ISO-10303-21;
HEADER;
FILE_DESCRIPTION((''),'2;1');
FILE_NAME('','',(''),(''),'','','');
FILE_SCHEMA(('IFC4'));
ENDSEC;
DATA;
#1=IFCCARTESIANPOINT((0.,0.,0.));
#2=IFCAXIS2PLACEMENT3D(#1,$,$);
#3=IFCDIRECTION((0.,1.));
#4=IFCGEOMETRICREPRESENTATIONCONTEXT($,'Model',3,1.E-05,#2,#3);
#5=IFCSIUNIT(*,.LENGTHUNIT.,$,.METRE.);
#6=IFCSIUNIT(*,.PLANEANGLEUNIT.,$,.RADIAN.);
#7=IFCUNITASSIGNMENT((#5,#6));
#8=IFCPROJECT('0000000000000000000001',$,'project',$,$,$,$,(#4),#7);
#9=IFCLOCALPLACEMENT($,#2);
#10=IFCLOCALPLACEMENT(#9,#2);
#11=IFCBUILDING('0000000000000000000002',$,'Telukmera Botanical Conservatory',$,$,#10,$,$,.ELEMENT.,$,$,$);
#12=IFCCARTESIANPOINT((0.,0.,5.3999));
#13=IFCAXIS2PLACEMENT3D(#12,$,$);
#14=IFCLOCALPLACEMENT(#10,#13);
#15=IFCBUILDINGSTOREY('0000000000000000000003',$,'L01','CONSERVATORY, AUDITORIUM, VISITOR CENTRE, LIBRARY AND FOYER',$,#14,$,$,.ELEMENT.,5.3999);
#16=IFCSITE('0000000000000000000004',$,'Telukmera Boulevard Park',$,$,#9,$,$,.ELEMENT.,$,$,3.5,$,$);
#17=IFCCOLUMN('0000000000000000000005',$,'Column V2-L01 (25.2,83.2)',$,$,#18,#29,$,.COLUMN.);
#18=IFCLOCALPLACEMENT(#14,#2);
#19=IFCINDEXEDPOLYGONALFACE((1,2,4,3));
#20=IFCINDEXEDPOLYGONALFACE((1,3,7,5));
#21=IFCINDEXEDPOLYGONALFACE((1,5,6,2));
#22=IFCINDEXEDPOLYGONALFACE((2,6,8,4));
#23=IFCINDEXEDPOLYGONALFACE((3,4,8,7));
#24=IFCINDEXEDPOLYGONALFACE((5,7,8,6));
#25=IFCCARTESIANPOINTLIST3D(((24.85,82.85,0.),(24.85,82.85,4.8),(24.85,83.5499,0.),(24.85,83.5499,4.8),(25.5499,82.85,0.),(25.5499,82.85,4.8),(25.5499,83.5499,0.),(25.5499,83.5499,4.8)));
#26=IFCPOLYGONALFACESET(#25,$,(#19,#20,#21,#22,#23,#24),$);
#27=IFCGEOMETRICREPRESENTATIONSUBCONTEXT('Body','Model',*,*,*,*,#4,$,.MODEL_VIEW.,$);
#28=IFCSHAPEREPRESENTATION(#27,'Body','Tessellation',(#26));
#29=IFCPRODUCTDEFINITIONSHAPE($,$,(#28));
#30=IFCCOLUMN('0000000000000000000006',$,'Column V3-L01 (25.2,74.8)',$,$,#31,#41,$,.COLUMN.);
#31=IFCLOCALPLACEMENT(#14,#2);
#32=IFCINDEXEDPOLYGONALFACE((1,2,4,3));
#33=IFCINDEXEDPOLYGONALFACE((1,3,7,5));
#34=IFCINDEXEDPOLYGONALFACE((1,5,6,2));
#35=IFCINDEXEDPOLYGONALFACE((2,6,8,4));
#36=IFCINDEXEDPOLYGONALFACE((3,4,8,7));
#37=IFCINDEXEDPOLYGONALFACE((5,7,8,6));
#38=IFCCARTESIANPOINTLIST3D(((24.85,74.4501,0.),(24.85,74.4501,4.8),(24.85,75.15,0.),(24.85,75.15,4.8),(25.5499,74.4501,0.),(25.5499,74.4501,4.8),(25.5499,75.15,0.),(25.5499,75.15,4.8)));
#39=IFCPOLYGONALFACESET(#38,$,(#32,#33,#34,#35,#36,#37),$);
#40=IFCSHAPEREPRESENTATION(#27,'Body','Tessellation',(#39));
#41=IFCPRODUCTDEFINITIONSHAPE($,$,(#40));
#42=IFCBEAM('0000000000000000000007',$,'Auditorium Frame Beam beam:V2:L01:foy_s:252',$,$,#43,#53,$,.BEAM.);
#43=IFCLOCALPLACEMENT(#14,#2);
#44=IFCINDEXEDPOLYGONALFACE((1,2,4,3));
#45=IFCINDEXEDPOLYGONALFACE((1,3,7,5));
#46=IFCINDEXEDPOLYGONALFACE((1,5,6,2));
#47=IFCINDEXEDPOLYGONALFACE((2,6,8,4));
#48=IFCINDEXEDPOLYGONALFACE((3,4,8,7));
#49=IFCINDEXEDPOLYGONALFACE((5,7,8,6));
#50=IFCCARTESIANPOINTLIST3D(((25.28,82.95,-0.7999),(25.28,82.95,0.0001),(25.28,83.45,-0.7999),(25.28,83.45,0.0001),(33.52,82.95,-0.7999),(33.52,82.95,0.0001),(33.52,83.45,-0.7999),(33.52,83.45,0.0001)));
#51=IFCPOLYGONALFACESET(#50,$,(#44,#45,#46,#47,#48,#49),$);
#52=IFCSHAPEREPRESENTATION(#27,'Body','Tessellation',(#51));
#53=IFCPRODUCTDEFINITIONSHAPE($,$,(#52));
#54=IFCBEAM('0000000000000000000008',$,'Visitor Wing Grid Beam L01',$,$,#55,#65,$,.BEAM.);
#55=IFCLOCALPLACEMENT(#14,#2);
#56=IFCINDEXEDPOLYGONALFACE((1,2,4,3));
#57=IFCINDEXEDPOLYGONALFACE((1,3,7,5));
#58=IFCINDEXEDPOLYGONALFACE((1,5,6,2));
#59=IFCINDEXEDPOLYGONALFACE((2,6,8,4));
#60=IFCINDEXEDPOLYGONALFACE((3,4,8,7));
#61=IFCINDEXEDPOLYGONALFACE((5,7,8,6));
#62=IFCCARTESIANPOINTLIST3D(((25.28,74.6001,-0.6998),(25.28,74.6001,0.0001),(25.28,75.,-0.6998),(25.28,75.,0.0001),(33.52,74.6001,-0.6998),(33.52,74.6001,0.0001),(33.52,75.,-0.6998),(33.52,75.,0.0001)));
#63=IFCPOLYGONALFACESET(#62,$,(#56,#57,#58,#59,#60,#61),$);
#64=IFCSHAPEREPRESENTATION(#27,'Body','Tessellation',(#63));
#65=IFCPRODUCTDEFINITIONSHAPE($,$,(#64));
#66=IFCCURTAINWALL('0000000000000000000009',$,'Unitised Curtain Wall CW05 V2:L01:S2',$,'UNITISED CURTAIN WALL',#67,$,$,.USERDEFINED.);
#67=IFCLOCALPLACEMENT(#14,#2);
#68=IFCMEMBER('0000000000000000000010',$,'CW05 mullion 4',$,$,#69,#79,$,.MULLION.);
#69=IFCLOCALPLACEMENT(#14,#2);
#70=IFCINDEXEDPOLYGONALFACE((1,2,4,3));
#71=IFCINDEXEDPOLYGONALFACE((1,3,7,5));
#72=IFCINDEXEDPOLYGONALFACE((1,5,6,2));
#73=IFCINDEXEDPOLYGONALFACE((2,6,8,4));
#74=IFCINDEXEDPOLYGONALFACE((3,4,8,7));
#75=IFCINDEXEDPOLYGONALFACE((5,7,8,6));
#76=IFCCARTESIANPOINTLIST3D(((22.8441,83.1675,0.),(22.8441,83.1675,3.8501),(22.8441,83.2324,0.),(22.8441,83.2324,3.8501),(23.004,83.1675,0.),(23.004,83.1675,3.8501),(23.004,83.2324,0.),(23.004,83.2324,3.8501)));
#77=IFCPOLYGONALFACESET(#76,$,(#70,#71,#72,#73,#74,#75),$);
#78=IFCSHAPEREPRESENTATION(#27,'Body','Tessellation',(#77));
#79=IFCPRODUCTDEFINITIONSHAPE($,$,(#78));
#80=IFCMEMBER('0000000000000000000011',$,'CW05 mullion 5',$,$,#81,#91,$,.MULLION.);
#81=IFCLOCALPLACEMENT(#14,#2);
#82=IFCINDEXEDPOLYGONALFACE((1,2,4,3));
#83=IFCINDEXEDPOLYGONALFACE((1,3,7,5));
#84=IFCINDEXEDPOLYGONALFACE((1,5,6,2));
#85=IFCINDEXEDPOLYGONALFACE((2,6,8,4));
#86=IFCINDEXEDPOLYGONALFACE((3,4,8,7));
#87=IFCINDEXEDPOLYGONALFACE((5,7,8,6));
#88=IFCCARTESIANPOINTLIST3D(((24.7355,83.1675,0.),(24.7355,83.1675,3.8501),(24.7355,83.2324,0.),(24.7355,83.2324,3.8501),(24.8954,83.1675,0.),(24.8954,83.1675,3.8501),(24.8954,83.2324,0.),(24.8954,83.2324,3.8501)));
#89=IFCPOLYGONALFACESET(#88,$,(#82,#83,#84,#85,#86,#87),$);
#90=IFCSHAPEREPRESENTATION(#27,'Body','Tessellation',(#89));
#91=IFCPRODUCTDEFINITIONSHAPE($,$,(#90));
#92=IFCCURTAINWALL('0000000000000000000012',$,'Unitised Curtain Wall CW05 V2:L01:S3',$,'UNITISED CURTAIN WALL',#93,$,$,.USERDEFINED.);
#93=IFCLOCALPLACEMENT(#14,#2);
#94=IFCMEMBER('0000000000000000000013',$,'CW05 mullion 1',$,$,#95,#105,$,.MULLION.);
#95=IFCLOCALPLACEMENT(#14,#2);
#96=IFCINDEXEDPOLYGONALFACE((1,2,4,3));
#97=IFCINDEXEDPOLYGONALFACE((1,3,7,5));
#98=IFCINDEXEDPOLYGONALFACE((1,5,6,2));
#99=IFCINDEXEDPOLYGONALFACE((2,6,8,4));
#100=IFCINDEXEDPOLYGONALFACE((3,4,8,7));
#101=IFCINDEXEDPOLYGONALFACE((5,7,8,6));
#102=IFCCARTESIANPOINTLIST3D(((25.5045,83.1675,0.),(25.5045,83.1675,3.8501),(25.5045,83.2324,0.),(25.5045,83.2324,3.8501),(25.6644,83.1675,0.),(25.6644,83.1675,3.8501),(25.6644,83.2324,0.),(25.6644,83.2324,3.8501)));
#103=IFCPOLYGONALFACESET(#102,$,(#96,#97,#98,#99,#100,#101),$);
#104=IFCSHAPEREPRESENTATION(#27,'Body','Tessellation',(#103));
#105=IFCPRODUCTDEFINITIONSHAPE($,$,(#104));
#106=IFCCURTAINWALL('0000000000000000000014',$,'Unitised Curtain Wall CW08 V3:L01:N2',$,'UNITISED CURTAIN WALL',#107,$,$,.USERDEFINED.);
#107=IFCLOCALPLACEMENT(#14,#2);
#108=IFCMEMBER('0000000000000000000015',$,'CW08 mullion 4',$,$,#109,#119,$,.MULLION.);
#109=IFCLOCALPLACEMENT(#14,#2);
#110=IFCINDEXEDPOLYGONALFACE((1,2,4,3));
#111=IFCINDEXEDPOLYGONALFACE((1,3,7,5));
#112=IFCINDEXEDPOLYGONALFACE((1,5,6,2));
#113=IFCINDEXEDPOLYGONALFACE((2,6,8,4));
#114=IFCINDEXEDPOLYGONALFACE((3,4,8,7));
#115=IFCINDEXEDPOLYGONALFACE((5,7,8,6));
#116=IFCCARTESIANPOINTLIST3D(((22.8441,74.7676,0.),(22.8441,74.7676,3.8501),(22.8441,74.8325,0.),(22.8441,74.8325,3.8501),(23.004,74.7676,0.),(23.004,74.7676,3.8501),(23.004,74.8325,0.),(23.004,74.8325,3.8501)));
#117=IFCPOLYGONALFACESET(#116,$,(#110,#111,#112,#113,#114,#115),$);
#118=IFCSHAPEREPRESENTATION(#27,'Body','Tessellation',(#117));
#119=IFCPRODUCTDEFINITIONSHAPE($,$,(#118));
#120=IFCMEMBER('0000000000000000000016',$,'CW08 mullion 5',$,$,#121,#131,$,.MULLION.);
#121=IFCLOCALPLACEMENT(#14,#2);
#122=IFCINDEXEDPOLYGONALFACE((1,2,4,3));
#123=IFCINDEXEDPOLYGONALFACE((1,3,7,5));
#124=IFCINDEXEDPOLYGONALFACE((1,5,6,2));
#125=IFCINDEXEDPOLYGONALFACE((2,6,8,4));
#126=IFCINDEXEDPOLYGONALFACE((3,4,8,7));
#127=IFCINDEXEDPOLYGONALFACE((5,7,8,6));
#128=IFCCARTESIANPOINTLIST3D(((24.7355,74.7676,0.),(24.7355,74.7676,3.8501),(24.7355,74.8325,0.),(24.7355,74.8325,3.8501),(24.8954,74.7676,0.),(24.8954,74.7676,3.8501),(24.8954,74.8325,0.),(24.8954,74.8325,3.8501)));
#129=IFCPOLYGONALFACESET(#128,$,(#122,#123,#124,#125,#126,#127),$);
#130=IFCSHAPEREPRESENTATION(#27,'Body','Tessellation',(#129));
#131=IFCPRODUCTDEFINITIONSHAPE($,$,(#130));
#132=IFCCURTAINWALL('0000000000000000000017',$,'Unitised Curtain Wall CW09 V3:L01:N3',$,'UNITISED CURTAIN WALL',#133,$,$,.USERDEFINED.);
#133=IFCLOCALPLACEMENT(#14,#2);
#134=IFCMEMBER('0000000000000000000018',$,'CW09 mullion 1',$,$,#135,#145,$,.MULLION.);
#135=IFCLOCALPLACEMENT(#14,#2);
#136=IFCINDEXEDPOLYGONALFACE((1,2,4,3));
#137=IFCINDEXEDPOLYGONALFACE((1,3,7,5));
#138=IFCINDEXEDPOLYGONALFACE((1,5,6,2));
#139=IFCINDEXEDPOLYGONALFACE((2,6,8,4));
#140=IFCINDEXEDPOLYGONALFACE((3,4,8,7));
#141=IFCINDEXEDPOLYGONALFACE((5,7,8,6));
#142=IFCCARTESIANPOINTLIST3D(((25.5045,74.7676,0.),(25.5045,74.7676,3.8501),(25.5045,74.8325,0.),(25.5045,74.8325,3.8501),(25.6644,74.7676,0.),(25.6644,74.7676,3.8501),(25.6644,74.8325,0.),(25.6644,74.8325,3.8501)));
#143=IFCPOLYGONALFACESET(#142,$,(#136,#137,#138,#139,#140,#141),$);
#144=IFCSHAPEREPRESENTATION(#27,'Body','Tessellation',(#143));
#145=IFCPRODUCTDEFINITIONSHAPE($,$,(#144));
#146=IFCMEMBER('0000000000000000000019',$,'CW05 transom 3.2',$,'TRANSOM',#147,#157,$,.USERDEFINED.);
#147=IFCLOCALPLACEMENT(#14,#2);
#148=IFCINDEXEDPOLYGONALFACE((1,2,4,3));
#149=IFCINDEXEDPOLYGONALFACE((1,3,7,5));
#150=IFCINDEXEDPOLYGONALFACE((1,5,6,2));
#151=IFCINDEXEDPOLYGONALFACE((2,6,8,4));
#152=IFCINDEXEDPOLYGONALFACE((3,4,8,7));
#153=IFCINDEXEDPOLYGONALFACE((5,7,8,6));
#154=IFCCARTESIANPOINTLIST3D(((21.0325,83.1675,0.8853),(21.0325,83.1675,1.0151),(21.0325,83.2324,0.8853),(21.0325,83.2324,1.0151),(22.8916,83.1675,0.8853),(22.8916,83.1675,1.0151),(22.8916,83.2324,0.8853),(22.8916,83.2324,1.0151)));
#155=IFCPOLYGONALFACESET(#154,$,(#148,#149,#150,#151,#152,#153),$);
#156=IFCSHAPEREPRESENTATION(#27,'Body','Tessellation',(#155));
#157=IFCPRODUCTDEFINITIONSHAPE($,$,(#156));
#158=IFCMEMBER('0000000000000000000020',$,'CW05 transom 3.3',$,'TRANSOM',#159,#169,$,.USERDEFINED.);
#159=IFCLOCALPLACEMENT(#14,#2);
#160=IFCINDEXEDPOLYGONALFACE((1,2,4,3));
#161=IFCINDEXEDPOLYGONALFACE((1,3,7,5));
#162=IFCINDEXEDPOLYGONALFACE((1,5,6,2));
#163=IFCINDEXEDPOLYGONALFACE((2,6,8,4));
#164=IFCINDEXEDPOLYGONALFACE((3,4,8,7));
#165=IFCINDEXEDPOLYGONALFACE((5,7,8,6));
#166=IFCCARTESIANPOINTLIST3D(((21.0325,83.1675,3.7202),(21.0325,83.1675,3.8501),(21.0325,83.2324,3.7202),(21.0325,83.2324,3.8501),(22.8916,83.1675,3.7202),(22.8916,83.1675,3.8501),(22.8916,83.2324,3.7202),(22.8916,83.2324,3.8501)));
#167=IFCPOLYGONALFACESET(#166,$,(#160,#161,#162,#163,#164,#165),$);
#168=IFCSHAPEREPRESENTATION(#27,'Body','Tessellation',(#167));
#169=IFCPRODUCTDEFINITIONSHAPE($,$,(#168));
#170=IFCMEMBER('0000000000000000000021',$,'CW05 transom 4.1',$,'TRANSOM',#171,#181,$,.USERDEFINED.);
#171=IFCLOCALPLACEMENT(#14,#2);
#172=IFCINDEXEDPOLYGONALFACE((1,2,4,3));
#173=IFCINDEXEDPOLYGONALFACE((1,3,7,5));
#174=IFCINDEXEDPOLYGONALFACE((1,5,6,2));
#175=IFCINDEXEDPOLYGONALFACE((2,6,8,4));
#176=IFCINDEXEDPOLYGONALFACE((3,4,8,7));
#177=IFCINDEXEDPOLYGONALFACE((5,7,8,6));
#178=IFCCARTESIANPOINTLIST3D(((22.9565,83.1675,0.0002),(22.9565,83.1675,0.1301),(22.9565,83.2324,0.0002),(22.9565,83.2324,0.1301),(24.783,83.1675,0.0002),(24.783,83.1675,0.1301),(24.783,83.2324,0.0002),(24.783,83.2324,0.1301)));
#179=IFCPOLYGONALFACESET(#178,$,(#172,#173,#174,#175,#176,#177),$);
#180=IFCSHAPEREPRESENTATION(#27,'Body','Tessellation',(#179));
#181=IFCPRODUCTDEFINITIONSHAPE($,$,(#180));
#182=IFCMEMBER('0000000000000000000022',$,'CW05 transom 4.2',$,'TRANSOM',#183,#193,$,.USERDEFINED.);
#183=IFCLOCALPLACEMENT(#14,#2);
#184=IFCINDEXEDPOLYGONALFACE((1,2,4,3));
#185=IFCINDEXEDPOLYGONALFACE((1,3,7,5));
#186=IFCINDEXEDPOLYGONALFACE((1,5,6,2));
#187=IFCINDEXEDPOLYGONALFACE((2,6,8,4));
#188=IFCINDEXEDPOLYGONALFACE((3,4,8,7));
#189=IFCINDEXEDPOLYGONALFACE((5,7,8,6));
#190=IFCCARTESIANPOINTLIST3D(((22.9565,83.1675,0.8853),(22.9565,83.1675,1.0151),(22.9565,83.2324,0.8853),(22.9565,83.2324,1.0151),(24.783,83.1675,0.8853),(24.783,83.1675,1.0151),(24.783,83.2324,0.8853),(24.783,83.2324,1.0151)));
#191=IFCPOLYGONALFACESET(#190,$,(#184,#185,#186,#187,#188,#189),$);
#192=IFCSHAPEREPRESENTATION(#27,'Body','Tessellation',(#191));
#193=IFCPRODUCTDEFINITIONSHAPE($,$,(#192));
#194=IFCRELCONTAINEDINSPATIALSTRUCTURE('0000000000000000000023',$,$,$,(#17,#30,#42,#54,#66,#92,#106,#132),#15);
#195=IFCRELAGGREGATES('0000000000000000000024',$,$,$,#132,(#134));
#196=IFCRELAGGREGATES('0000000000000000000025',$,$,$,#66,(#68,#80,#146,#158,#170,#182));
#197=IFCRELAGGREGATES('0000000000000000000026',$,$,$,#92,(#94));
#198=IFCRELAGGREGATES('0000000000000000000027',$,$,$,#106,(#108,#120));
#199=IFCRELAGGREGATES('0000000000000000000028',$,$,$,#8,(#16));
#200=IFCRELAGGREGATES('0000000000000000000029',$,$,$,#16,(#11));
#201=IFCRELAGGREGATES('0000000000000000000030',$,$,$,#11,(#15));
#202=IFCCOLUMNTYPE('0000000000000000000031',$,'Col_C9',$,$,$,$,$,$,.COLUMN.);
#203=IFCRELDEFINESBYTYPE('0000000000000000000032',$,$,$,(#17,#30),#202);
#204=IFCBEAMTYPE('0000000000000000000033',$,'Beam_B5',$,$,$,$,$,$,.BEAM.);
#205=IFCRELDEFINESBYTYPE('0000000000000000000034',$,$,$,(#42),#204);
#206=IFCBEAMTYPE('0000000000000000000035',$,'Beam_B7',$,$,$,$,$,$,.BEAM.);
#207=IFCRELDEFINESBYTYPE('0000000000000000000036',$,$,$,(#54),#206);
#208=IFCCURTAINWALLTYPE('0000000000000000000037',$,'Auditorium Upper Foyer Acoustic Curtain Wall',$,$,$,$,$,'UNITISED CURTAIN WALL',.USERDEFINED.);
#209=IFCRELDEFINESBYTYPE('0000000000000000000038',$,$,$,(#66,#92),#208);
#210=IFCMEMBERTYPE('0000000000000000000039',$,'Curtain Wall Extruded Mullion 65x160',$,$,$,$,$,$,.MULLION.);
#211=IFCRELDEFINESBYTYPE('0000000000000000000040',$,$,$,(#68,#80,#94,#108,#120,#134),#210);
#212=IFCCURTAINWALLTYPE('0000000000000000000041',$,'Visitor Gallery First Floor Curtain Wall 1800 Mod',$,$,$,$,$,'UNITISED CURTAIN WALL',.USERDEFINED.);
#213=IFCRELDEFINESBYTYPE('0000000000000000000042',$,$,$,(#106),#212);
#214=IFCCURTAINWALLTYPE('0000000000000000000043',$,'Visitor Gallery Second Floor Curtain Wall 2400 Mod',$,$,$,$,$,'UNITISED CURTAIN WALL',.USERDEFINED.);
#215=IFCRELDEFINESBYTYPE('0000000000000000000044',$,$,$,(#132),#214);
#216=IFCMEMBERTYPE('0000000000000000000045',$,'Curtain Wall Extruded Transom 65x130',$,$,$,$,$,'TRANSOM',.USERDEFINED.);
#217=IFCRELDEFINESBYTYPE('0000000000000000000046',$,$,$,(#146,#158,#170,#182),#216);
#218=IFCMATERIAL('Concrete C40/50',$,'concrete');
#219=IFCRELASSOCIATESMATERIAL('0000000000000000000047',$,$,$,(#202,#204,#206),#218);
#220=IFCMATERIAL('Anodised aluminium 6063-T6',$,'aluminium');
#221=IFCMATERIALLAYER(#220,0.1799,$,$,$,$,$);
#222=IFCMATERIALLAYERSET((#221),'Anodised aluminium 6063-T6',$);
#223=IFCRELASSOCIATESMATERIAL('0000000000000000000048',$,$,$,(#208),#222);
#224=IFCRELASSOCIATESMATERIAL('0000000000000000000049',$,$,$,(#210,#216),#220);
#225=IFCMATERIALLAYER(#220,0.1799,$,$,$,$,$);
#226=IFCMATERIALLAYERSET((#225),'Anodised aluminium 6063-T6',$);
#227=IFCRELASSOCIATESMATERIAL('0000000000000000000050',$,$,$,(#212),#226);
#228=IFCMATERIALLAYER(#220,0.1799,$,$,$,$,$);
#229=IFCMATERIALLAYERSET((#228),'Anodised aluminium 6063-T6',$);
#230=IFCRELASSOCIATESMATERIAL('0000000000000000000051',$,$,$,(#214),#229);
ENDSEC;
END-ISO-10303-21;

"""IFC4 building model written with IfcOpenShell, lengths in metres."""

from ifc_helpers import new_model, si_unit, direction, frame, origin, origin_2d, place, context, subcontext, project, spatial, rectangle, extrude, material, layer, layer_set, material_profile, profile_set, type_object, element, aggregate, save


model = new_model("IFC4")

# Units and contexts
model_context = context("Model", 3, precision=1e-05, world=origin(), true_north=direction((0.0, 1.0)))
body_context = subcontext(model_context, "Body", "Model", "MODEL_VIEW")
ifc_project = project(units=[si_unit("LENGTHUNIT", "METRE"), si_unit("PLANEANGLEUNIT", "RADIAN")], contexts=[model_context])

# Site, building, storey
site_placement = place(None, origin())
site = spatial("IfcSite", under=ifc_project, at=site_placement, Name="Telukmera Boulevard Park", CompositionType="ELEMENT", RefElevation=3.5)
building_placement = place(site_placement, origin())
building = spatial("IfcBuilding", under=site, at=building_placement, Name="Telukmera Botanical Conservatory", CompositionType="ELEMENT")
storey_placement = place(building_placement, frame((0.0, 0.0, 5.3999)))
storey = spatial("IfcBuildingStorey", under=building, at=storey_placement, Name="L01", Description="CONSERVATORY, AUDITORIUM, VISITOR CENTRE, LIBRARY AND FOYER", CompositionType="ELEMENT", Elevation=5.3999)

# Columns
ifc_material_1 = material(Name="Concrete C40/50", Category="concrete")
ifc_material_profile_1 = material_profile(ifc_material_1, rectangle(XDim=0.7, YDim=0.7, at=origin_2d()), Name="RC 700x700")
ifc_profile_set_1 = profile_set([ifc_material_profile_1], Name="Concrete C40/50")
column_type = type_object("IfcColumnType", Name="Col_C9", PredefinedType="COLUMN", material=ifc_profile_set_1)
for number, where, z_axis, x_axis, name in (
    (1, (25.2, 83.2, 0.0), (0.0, 0.0, 1.0), (1.0, 0.0, 0.0), "Column V2-L01 (25.2,83.2)"),
    (2, (25.2, 74.8, 0.0), (0.0, 0.0, 1.0), (1.0, 0.0, 0.0), "Column V3-L01 (25.2,74.8)"),
):
    element("IfcColumn", number, at=place(storey_placement, frame(where, z_axis=z_axis, x_axis=x_axis)), inside=storey, type_object=column_type, Name=name, PredefinedType="COLUMN", context=body_context, shape_type="SweptSolid", body=[
        extrude(rectangle(XDim=0.7, YDim=0.7, at=origin_2d()), origin(), (0.0, 0.0, 1.0), 4.8),
    ])

# Beams
ifc_material_profile_2 = material_profile(ifc_material_1, rectangle(XDim=0.5, YDim=0.8, at=origin_2d()), Name="RC 500x800")
ifc_profile_set_2 = profile_set([ifc_material_profile_2], Name="Concrete C40/50")
beam_type_1 = type_object("IfcBeamType", Name="Beam_B5", PredefinedType="BEAM", material=ifc_profile_set_2)
beam_1_placement = place(storey_placement, frame((25.28, 83.2, -0.3999), z_axis=(1.0, 0.0, 0.0), x_axis=(0.0, 1.0, 0.0)))
element("IfcBeam", 3, at=beam_1_placement, inside=storey, type_object=beam_type_1, Name="Auditorium Frame Beam beam:V2:L01:foy_s:252", PredefinedType="BEAM", context=body_context, shape_type="SweptSolid", body=[
    extrude(rectangle(XDim=0.5, YDim=0.8, at=origin_2d()), origin(), (0.0, 0.0, 1.0), 8.24),
])
ifc_material_profile_3 = material_profile(ifc_material_1, rectangle(XDim=0.3999, YDim=0.7, at=origin_2d()), Name="RC 400x700")
ifc_profile_set_3 = profile_set([ifc_material_profile_3], Name="Concrete C40/50")
beam_type_2 = type_object("IfcBeamType", Name="Beam_B7", PredefinedType="BEAM", material=ifc_profile_set_3)
beam_2_placement = place(storey_placement, frame((25.28, 74.8, -0.3499), z_axis=(1.0, 0.0, 0.0), x_axis=(0.0, 1.0, 0.0)))
element("IfcBeam", 4, at=beam_2_placement, inside=storey, type_object=beam_type_2, Name="Visitor Wing Grid Beam L01", PredefinedType="BEAM", context=body_context, shape_type="SweptSolid", body=[
    extrude(rectangle(XDim=0.3999, YDim=0.7, at=origin_2d()), origin(), (0.0, 0.0, 1.0), 8.24),
])

# Curtain wall, members
ifc_material_2 = material(Name="Anodised aluminium 6063-T6", Category="aluminium")
ifc_layer_1 = layer(ifc_material_2, 0.1799)
ifc_layer_set_1 = layer_set([ifc_layer_1], Name="Anodised aluminium 6063-T6")
curtain_wall_type_1 = type_object("IfcCurtainWallType", Name="Auditorium Upper Foyer Acoustic Curtain Wall", ElementType="UNITISED CURTAIN WALL", PredefinedType="USERDEFINED", material=ifc_layer_set_1)
curtain_wall_1_placement = place(storey_placement, origin())
curtain_wall_1 = element("IfcCurtainWall", 5, at=curtain_wall_1_placement, inside=storey, type_object=curtain_wall_type_1, Name="Unitised Curtain Wall CW05 V2:L01:S2", ObjectType="UNITISED CURTAIN WALL", PredefinedType="USERDEFINED")
ifc_material_profile_4 = material_profile(ifc_material_2, rectangle(XDim=0.0649, YDim=0.1599, at=origin_2d()), Name="ALU MULL 65x160")
ifc_profile_set_4 = profile_set([ifc_material_profile_4], Name="Anodised aluminium 6063-T6")
member_type_1 = type_object("IfcMemberType", Name="Curtain Wall Extruded Mullion 65x160", PredefinedType="MULLION", material=ifc_profile_set_4)
member_1_placement = place(storey_placement, frame((22.9241, 83.2, 0.0), z_axis=(0.0, 0.0, 1.0), x_axis=(0.0, 1.0, 0.0)))
member_1 = element("IfcMember", 6, at=member_1_placement, type_object=member_type_1, Name="CW05 mullion 4", PredefinedType="MULLION", context=body_context, shape_type="SweptSolid", body=[
    extrude(rectangle(XDim=0.0649, YDim=0.1599, at=origin_2d()), origin(), (0.0, 0.0, 1.0), 3.8501),
])
member_2_placement = place(storey_placement, frame((24.8154, 83.2, 0.0), z_axis=(0.0, 0.0, 1.0), x_axis=(0.0, 1.0, 0.0)))
member_2 = element("IfcMember", 7, at=member_2_placement, type_object=member_type_1, Name="CW05 mullion 5", PredefinedType="MULLION", context=body_context, shape_type="SweptSolid", body=[
    extrude(rectangle(XDim=0.0649, YDim=0.1599, at=origin_2d()), origin(), (0.0, 0.0, 1.0), 3.8501),
])

# Curtain wall, member
curtain_wall_2_placement = place(storey_placement, origin())
curtain_wall_2 = element("IfcCurtainWall", 8, at=curtain_wall_2_placement, inside=storey, type_object=curtain_wall_type_1, Name="Unitised Curtain Wall CW05 V2:L01:S3", ObjectType="UNITISED CURTAIN WALL", PredefinedType="USERDEFINED")
member_3_placement = place(storey_placement, frame((25.5845, 83.2, 0.0), z_axis=(0.0, 0.0, 1.0), x_axis=(0.0, 1.0, 0.0)))
member_3 = element("IfcMember", 9, at=member_3_placement, type_object=member_type_1, Name="CW05 mullion 1", PredefinedType="MULLION", context=body_context, shape_type="SweptSolid", body=[
    extrude(rectangle(XDim=0.0649, YDim=0.1599, at=origin_2d()), origin(), (0.0, 0.0, 1.0), 3.8501),
])

# Curtain wall, members
ifc_layer_2 = layer(ifc_material_2, 0.1799)
ifc_layer_set_2 = layer_set([ifc_layer_2], Name="Anodised aluminium 6063-T6")
curtain_wall_type_2 = type_object("IfcCurtainWallType", Name="Visitor Gallery First Floor Curtain Wall 1800 Mod", ElementType="UNITISED CURTAIN WALL", PredefinedType="USERDEFINED", material=ifc_layer_set_2)
curtain_wall_3_placement = place(storey_placement, origin())
curtain_wall_3 = element("IfcCurtainWall", 10, at=curtain_wall_3_placement, inside=storey, type_object=curtain_wall_type_2, Name="Unitised Curtain Wall CW08 V3:L01:N2", ObjectType="UNITISED CURTAIN WALL", PredefinedType="USERDEFINED")
member_4_placement = place(storey_placement, frame((22.9241, 74.8, 0.0), z_axis=(0.0, 0.0, 1.0), x_axis=(0.0, 1.0, 0.0)))
member_4 = element("IfcMember", 11, at=member_4_placement, type_object=member_type_1, Name="CW08 mullion 4", PredefinedType="MULLION", context=body_context, shape_type="SweptSolid", body=[
    extrude(rectangle(XDim=0.0649, YDim=0.1599, at=origin_2d()), origin(), (0.0, 0.0, 1.0), 3.8501),
])
member_5_placement = place(storey_placement, frame((24.8154, 74.8, 0.0), z_axis=(0.0, 0.0, 1.0), x_axis=(0.0, 1.0, 0.0)))
member_5 = element("IfcMember", 12, at=member_5_placement, type_object=member_type_1, Name="CW08 mullion 5", PredefinedType="MULLION", context=body_context, shape_type="SweptSolid", body=[
    extrude(rectangle(XDim=0.0649, YDim=0.1599, at=origin_2d()), origin(), (0.0, 0.0, 1.0), 3.8501),
])

# Curtain wall, member
ifc_layer_3 = layer(ifc_material_2, 0.1799)
ifc_layer_set_3 = layer_set([ifc_layer_3], Name="Anodised aluminium 6063-T6")
curtain_wall_type_3 = type_object("IfcCurtainWallType", Name="Visitor Gallery Second Floor Curtain Wall 2400 Mod", ElementType="UNITISED CURTAIN WALL", PredefinedType="USERDEFINED", material=ifc_layer_set_3)
curtain_wall_4_placement = place(storey_placement, origin())
curtain_wall_4 = element("IfcCurtainWall", 13, at=curtain_wall_4_placement, inside=storey, type_object=curtain_wall_type_3, Name="Unitised Curtain Wall CW09 V3:L01:N3", ObjectType="UNITISED CURTAIN WALL", PredefinedType="USERDEFINED")
member_6_placement = place(storey_placement, frame((25.5845, 74.8, 0.0), z_axis=(0.0, 0.0, 1.0), x_axis=(0.0, 1.0, 0.0)))
member_6 = element("IfcMember", 14, at=member_6_placement, type_object=member_type_1, Name="CW09 mullion 1", PredefinedType="MULLION", context=body_context, shape_type="SweptSolid", body=[
    extrude(rectangle(XDim=0.0649, YDim=0.1599, at=origin_2d()), origin(), (0.0, 0.0, 1.0), 3.8501),
])

# Members
ifc_material_profile_5 = material_profile(ifc_material_2, rectangle(XDim=0.0649, YDim=0.1299, at=origin_2d()), Name="ALU TRAN 65x130")
ifc_profile_set_5 = profile_set([ifc_material_profile_5], Name="Anodised aluminium 6063-T6")
member_type_2 = type_object("IfcMemberType", Name="Curtain Wall Extruded Transom 65x130", ElementType="TRANSOM", PredefinedType="USERDEFINED", material=ifc_profile_set_5)
member_7_placement = place(storey_placement, frame((21.0325, 83.2, 0.9502), z_axis=(1.0, 0.0, 0.0), x_axis=(0.0, 1.0, 0.0)))
member_7 = element("IfcMember", 15, at=member_7_placement, type_object=member_type_2, Name="CW05 transom 3.2", ObjectType="TRANSOM", PredefinedType="USERDEFINED", context=body_context, shape_type="SweptSolid", body=[
    extrude(rectangle(XDim=0.0649, YDim=0.1299, at=origin_2d()), origin(), (0.0, 0.0, 1.0), 1.8591),
])
member_8_placement = place(storey_placement, frame((21.0325, 83.2, 3.7852), z_axis=(1.0, 0.0, 0.0), x_axis=(0.0, 1.0, 0.0)))
member_8 = element("IfcMember", 16, at=member_8_placement, type_object=member_type_2, Name="CW05 transom 3.3", ObjectType="TRANSOM", PredefinedType="USERDEFINED", context=body_context, shape_type="SweptSolid", body=[
    extrude(rectangle(XDim=0.0649, YDim=0.1299, at=origin_2d()), origin(), (0.0, 0.0, 1.0), 1.8591),
])
member_9_placement = place(storey_placement, frame((22.9565, 83.2, 0.0652), z_axis=(1.0, 0.0, 0.0), x_axis=(0.0, 1.0, 0.0)))
member_9 = element("IfcMember", 17, at=member_9_placement, type_object=member_type_2, Name="CW05 transom 4.1", ObjectType="TRANSOM", PredefinedType="USERDEFINED", context=body_context, shape_type="SweptSolid", body=[
    extrude(rectangle(XDim=0.0649, YDim=0.1299, at=origin_2d()), origin(), (0.0, 0.0, 1.0), 1.8264),
])
member_10_placement = place(storey_placement, frame((22.9565, 83.2, 0.9502), z_axis=(1.0, 0.0, 0.0), x_axis=(0.0, 1.0, 0.0)))
member_10 = element("IfcMember", 18, at=member_10_placement, type_object=member_type_2, Name="CW05 transom 4.2", ObjectType="TRANSOM", PredefinedType="USERDEFINED", context=body_context, shape_type="SweptSolid", body=[
    extrude(rectangle(XDim=0.0649, YDim=0.1299, at=origin_2d()), origin(), (0.0, 0.0, 1.0), 1.8264),
])
aggregate(curtain_wall_4, [member_6])

aggregate(curtain_wall_1, [member_1, member_2, member_7, member_8, member_9, member_10])
aggregate(curtain_wall_2, [member_3])
aggregate(curtain_wall_3, [member_4, member_5])

save(model, "model.ifc")
